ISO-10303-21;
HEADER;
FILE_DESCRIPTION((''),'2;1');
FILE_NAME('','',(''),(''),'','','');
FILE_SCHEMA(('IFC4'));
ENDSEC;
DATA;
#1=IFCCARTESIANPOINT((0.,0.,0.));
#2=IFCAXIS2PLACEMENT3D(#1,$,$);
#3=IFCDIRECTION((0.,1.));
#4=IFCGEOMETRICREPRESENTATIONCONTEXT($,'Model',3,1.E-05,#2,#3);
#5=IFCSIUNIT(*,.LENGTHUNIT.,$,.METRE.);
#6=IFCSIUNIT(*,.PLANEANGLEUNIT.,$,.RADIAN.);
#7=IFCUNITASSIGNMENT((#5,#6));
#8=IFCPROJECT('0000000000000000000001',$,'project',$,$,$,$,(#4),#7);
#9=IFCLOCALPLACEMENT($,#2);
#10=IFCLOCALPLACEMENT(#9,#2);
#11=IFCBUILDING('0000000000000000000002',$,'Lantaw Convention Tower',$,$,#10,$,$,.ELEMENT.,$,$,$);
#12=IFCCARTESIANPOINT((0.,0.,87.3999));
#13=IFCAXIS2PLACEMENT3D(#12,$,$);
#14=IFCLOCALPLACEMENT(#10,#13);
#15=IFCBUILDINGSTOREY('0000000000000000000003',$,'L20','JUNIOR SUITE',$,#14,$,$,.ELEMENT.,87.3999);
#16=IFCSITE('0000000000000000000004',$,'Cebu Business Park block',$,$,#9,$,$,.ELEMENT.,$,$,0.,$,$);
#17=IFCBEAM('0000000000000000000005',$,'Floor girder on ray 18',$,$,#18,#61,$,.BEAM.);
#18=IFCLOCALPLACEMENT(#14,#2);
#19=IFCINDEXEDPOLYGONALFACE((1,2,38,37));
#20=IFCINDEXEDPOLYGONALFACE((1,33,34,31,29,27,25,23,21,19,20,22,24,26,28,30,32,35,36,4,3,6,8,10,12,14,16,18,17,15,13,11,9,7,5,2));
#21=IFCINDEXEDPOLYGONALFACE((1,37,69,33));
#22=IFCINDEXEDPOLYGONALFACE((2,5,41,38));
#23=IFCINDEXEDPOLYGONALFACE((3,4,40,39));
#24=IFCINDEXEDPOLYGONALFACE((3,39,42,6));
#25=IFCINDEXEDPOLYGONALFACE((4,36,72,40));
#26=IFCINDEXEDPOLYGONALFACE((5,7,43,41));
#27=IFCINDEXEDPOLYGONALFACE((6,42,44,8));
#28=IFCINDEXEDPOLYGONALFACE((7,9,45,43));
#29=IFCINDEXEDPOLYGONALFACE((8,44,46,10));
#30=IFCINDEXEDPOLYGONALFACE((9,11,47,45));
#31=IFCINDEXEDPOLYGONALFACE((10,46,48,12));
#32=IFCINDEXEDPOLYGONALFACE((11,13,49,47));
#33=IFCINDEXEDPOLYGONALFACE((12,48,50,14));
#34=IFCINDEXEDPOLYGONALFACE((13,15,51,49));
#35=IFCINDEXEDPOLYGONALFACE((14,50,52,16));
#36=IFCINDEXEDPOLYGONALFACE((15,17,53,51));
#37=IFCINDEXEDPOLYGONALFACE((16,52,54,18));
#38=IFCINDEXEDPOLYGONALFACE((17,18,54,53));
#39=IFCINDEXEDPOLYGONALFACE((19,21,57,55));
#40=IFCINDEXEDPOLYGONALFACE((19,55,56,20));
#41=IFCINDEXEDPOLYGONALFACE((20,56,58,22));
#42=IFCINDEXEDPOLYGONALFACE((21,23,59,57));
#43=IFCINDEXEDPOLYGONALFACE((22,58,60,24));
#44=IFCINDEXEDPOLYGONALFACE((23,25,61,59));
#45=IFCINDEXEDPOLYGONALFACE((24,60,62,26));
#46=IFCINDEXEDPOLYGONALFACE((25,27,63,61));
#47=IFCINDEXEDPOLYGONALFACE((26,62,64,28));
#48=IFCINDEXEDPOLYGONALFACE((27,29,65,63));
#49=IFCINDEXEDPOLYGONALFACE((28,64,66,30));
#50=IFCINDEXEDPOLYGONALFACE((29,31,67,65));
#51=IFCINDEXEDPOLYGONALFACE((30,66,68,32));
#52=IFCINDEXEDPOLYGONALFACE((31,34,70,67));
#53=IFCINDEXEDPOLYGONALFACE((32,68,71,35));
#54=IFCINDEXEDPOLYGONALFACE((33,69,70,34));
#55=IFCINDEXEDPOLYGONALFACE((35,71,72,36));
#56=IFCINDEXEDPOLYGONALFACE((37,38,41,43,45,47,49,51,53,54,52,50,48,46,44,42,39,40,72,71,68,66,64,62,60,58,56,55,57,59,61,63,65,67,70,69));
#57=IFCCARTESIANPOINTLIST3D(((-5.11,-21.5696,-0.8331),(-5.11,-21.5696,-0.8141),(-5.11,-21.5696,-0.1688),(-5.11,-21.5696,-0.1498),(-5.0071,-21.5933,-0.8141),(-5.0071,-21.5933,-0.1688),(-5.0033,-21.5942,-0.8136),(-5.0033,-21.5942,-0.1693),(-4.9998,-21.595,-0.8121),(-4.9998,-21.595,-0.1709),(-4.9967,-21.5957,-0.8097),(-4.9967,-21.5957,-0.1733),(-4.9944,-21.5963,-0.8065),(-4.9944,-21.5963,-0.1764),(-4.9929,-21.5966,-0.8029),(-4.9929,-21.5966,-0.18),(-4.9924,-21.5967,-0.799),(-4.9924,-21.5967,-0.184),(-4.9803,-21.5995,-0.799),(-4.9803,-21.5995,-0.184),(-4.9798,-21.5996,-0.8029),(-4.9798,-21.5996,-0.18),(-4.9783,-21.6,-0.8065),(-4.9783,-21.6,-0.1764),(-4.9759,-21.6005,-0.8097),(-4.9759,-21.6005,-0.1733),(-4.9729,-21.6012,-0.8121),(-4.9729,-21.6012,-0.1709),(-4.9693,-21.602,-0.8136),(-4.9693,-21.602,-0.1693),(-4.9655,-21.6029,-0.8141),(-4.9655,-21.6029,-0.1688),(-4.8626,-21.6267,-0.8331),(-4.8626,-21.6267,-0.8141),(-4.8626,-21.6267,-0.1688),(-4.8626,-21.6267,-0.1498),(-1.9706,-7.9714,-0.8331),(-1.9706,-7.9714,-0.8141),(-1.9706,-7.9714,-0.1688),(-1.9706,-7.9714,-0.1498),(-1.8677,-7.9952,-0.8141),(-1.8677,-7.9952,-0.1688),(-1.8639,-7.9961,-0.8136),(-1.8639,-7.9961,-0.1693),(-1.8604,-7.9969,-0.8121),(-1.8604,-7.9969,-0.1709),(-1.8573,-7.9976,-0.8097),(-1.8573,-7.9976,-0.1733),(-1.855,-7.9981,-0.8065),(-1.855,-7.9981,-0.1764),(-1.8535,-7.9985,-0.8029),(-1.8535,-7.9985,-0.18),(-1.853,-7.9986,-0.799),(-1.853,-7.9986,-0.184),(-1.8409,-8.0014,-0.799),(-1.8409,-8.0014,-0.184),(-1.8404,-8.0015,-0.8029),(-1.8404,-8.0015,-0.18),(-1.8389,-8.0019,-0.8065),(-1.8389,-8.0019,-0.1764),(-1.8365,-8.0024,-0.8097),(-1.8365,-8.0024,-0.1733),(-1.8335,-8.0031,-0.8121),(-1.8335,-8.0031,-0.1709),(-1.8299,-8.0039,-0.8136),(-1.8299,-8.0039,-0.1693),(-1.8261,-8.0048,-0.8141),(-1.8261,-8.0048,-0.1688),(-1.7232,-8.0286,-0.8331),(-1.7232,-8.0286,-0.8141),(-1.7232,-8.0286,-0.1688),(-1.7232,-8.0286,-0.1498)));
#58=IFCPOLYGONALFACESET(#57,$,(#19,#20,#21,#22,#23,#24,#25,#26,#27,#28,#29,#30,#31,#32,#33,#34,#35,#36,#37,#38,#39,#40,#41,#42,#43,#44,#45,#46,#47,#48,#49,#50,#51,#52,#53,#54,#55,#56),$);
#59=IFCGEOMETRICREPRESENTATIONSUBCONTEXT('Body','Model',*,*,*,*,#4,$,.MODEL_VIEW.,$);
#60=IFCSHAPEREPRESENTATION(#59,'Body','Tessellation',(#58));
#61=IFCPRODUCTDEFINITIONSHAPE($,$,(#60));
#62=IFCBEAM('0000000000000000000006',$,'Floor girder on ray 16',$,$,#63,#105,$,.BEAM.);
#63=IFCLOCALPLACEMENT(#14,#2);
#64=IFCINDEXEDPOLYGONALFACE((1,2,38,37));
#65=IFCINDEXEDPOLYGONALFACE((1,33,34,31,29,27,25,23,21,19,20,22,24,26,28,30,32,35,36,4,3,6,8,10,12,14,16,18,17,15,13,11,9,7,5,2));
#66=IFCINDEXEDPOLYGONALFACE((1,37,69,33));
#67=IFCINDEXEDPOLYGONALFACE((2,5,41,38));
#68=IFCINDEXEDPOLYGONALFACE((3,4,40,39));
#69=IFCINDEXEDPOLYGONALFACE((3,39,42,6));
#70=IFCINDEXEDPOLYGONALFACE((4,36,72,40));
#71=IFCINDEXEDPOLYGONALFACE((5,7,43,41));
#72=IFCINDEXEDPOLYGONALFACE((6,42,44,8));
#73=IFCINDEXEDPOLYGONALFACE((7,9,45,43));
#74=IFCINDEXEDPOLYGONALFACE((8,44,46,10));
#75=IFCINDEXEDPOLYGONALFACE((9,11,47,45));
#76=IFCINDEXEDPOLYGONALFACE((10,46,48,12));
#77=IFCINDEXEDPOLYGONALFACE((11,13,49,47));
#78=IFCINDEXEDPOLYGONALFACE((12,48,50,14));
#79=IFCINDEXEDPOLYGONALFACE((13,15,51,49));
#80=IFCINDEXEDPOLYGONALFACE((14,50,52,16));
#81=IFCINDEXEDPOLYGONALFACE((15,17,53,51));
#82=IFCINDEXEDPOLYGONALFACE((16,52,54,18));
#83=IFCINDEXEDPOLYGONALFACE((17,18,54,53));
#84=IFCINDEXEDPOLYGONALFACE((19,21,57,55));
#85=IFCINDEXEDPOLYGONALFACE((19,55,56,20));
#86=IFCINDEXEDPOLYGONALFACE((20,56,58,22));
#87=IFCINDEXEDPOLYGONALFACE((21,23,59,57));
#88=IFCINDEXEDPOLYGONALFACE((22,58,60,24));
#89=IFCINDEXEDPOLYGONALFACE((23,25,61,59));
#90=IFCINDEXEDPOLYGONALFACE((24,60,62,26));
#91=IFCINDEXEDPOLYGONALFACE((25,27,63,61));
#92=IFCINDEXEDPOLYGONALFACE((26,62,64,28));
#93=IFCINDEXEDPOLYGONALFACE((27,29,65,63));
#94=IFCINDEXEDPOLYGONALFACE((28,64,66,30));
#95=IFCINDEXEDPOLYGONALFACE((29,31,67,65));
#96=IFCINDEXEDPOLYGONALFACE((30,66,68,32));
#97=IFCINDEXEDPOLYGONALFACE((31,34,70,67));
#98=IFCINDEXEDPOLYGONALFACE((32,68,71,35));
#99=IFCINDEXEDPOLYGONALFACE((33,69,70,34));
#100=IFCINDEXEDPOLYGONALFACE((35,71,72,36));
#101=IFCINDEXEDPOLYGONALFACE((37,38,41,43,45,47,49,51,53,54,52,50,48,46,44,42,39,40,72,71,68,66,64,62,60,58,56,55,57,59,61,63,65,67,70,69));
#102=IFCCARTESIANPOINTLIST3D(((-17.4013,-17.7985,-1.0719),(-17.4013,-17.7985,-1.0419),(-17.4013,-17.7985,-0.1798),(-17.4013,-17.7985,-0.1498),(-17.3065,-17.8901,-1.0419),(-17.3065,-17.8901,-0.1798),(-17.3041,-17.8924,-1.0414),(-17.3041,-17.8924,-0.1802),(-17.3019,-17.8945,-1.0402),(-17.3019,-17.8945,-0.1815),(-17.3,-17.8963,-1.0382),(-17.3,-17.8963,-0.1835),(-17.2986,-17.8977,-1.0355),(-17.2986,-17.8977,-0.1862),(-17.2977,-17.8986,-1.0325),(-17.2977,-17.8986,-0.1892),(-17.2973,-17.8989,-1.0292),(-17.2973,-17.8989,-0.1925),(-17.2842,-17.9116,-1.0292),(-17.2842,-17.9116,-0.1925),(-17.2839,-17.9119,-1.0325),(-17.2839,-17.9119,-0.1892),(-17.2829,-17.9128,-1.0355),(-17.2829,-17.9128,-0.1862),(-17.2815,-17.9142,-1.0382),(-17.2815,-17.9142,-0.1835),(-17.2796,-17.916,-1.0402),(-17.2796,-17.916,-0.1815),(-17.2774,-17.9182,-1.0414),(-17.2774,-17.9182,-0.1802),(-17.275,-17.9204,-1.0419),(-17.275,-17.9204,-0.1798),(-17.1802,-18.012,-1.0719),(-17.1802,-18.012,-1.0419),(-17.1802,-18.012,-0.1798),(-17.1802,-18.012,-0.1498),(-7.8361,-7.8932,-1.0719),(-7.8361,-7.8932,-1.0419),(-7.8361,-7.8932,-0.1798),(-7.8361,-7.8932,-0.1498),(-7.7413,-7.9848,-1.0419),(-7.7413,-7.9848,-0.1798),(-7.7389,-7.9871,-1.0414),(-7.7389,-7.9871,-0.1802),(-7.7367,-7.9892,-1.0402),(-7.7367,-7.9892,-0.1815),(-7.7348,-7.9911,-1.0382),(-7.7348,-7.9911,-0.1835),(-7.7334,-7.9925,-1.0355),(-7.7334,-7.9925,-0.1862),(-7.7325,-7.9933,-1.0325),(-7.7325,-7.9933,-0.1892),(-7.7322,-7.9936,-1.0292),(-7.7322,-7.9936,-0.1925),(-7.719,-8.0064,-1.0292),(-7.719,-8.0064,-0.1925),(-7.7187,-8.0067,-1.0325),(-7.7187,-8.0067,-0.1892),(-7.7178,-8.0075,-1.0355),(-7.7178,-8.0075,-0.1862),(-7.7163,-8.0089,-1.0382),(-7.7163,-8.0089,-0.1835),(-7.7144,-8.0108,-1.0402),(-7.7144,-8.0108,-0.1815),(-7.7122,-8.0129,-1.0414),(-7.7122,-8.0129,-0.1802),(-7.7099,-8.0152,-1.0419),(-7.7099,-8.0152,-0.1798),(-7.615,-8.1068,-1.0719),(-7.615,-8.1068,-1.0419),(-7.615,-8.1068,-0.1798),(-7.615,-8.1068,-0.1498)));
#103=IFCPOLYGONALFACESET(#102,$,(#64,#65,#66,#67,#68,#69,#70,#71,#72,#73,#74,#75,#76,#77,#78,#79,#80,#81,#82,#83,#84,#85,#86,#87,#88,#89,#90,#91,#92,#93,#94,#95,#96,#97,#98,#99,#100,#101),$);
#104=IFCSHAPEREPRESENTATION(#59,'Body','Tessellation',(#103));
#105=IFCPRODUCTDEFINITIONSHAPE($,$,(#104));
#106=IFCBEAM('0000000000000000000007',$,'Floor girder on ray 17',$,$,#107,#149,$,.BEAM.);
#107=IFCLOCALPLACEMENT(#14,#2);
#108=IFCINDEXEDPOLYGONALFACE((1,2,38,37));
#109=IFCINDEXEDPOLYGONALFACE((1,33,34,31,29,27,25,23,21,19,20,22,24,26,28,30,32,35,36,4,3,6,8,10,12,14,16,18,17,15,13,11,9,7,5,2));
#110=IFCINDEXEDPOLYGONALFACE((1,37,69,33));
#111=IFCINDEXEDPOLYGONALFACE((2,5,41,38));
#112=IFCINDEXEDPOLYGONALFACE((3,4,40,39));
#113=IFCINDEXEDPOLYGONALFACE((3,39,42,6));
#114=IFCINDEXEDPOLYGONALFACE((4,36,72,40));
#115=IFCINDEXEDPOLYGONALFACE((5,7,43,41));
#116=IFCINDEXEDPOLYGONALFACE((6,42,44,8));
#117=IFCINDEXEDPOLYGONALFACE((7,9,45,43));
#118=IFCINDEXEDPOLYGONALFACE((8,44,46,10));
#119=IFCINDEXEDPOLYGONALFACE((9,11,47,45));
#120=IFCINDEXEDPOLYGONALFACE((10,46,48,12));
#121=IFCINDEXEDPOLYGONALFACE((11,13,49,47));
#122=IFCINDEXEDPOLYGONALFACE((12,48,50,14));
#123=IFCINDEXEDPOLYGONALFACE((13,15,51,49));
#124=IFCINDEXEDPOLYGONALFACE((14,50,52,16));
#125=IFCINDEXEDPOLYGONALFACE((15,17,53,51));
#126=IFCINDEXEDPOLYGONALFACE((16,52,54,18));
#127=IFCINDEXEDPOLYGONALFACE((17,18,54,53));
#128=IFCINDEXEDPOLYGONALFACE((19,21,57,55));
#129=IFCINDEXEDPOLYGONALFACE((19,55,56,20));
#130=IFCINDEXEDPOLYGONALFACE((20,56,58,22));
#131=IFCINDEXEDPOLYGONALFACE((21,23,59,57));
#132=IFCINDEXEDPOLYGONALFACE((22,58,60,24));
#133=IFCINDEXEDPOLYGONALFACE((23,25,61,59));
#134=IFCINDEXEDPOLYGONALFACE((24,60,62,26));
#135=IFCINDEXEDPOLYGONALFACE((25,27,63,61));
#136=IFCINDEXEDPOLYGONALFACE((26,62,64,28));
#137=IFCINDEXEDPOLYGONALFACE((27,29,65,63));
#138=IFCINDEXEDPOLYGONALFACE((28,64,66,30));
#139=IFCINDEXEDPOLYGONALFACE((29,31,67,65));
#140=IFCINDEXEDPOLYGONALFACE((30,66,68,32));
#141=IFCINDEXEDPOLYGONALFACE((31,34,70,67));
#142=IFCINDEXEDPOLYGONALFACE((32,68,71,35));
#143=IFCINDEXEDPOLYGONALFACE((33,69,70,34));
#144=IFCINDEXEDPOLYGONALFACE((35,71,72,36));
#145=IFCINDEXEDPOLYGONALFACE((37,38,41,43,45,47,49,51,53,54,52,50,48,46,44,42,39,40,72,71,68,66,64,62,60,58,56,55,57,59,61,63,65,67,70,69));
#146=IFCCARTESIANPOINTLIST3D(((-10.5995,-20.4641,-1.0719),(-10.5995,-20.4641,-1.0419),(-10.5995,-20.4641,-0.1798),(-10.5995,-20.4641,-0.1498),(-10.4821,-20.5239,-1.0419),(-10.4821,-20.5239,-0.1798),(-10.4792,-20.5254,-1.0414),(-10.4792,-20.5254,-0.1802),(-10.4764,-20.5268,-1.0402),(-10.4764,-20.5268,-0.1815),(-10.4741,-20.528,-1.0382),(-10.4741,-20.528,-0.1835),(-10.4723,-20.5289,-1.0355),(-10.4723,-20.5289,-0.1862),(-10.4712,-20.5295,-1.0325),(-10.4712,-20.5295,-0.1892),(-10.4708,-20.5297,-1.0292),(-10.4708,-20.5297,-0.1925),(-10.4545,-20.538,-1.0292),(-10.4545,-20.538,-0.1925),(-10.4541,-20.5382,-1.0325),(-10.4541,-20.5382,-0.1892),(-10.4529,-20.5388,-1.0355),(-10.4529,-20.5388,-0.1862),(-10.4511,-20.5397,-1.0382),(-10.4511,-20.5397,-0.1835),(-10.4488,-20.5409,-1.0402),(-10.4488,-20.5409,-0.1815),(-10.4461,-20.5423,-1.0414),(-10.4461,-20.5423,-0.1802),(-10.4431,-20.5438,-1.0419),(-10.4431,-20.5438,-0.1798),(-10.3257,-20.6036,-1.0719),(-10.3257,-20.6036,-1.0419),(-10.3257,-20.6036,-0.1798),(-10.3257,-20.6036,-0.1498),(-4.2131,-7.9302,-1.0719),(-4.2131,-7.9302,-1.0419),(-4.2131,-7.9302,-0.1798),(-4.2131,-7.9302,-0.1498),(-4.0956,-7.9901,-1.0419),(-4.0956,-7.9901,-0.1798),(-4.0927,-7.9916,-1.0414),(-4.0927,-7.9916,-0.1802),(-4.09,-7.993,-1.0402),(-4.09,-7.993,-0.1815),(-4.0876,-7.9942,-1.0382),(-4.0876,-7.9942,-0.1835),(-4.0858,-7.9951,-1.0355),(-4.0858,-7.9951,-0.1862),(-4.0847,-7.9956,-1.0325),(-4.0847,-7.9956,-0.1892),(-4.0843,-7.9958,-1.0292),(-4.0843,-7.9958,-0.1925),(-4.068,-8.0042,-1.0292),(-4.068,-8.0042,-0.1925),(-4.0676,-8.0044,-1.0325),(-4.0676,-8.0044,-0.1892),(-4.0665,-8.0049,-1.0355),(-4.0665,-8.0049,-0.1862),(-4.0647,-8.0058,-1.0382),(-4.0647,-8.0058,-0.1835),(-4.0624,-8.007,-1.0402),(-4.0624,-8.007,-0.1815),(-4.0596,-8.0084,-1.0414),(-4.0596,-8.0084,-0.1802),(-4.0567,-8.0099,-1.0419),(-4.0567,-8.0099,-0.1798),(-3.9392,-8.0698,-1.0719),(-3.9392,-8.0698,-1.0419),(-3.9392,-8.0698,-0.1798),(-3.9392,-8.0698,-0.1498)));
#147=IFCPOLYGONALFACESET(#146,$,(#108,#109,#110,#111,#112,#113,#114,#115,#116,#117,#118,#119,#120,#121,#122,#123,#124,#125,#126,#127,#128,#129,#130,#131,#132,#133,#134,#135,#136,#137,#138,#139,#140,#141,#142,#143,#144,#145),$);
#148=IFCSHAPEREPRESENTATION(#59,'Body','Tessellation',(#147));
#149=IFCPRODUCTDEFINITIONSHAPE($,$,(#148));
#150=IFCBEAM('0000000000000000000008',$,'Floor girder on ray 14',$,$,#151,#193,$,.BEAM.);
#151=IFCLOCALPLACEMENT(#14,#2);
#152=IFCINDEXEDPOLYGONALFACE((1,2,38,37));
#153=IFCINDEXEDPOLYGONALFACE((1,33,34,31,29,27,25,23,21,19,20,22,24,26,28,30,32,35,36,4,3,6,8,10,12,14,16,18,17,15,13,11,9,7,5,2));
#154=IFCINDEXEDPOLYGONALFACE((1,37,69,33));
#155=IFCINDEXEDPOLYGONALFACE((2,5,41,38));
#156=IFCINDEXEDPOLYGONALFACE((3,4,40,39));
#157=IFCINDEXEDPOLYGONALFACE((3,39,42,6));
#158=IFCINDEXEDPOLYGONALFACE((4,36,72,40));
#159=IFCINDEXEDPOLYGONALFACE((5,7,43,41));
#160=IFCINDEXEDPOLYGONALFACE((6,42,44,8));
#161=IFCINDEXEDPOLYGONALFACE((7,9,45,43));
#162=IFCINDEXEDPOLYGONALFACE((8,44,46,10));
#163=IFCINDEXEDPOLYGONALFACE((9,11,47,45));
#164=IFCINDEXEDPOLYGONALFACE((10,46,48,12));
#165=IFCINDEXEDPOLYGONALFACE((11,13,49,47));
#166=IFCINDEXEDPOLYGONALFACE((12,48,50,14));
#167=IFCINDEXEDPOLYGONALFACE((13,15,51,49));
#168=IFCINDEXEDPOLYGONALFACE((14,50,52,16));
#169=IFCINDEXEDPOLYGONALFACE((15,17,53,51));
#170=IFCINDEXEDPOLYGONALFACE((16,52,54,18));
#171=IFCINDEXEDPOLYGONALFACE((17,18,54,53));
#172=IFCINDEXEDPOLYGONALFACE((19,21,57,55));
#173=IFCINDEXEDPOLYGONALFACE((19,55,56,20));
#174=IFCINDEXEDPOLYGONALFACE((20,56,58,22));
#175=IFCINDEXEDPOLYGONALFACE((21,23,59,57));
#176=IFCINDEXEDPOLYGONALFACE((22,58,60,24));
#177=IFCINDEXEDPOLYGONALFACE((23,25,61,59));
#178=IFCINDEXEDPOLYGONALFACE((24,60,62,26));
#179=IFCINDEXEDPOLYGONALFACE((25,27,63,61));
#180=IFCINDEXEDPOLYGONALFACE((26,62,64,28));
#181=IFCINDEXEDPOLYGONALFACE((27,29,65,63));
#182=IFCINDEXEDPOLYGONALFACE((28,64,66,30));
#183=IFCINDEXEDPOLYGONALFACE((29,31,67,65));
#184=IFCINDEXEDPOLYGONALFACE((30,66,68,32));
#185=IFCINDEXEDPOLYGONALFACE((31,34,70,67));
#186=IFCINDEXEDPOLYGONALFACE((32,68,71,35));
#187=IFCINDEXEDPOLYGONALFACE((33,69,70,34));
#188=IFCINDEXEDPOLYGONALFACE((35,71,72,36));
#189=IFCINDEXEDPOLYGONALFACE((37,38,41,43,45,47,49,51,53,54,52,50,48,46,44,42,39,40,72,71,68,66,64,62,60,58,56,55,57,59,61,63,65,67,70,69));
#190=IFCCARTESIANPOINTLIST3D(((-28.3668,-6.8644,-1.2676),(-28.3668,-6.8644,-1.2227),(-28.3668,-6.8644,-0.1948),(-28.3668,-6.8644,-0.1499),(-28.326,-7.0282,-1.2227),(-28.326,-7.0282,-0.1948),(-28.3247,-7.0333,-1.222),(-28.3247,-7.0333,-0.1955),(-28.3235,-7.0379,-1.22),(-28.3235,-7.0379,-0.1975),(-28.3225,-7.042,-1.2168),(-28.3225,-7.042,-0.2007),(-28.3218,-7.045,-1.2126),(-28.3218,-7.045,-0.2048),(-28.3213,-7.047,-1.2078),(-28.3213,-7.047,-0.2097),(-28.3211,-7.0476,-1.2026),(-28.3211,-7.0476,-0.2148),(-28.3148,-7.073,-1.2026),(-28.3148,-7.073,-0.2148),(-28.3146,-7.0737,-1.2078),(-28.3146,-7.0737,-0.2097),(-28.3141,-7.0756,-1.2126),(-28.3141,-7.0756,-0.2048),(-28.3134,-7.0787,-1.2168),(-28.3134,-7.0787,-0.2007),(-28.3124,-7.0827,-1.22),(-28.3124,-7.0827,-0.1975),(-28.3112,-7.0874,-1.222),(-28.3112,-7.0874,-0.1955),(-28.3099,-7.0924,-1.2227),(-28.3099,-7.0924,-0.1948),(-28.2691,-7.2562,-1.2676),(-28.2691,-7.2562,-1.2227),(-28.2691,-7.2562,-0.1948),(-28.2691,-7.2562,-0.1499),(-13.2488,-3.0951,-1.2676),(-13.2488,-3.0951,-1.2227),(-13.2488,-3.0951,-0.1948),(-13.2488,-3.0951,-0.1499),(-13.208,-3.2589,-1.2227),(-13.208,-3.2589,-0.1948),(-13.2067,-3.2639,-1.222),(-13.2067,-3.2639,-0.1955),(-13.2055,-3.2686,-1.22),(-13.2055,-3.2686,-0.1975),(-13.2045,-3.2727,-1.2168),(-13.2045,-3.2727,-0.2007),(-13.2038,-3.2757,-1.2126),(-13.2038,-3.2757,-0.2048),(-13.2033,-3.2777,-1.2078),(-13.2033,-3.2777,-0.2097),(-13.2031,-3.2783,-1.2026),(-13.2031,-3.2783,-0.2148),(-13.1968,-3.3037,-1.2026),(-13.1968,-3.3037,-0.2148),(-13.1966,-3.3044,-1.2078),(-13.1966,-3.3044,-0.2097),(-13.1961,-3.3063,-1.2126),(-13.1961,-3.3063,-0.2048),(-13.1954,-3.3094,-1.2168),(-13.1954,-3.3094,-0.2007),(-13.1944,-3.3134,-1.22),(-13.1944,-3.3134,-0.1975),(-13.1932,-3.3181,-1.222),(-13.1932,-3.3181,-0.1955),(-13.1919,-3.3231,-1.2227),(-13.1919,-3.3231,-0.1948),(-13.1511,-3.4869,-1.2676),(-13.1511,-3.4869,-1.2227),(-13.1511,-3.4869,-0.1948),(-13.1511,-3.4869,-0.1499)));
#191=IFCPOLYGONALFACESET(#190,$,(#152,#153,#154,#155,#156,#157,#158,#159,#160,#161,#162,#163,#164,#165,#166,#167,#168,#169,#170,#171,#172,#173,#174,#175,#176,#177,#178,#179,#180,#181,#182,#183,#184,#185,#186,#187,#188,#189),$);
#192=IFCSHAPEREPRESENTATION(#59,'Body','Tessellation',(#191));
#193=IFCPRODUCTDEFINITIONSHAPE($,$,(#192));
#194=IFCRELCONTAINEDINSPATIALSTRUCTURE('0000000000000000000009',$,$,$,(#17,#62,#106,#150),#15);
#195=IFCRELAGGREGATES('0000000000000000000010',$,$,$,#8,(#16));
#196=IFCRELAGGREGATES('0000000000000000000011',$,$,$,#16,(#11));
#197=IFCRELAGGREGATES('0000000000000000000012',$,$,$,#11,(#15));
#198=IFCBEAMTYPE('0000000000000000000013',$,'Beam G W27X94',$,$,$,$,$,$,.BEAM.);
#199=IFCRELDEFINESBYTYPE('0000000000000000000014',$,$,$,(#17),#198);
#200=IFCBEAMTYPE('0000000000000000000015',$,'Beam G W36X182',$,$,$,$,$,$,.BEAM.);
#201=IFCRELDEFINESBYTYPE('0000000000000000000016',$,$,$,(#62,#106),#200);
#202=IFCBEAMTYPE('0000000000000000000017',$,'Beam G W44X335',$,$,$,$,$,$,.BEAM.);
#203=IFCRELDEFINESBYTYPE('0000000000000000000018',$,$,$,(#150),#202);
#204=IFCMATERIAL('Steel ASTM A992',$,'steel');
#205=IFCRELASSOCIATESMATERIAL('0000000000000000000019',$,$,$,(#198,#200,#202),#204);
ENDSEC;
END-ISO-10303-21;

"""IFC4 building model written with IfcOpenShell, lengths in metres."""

from ifc_helpers import new_model, si_unit, direction, frame, origin, origin_2d, place, context, subcontext, project, spatial, i_section, extrude, material, material_profile, profile_set, type_object, element, save


model = new_model("IFC4")

# Units and contexts
model_context = context("Model", 3, precision=1e-05, world=origin(), true_north=direction((0.0, 1.0)))
body_context = subcontext(model_context, "Body", "Model", "MODEL_VIEW")
ifc_project = project(units=[si_unit("LENGTHUNIT", "METRE"), si_unit("PLANEANGLEUNIT", "RADIAN")], contexts=[model_context])

# Site, building, storey
site_placement = place(None, origin())
site = spatial("IfcSite", under=ifc_project, at=site_placement, Name="Cebu Business Park block", CompositionType="ELEMENT", RefElevation=0.0)
building_placement = place(site_placement, origin())
building = spatial("IfcBuilding", under=site, at=building_placement, Name="Lantaw Convention Tower", CompositionType="ELEMENT")
storey_placement = place(building_placement, frame((0.0, 0.0, 87.3999)))
storey = spatial("IfcBuildingStorey", under=building, at=storey_placement, Name="L20", Description="JUNIOR SUITE", CompositionType="ELEMENT", Elevation=87.3999)

# Beams
ifc_material_1 = material(Name="Steel ASTM A992", Category="steel")
ifc_material_profile_1 = material_profile(ifc_material_1, i_section(OverallWidth=0.2539, OverallDepth=0.6833, WebThickness=0.0125, FlangeThickness=0.019, FilletRadius=0.0151, at=origin_2d()), Name="W27X94")
ifc_profile_set_1 = profile_set([ifc_material_profile_1], Name="Steel ASTM A992")
beam_type_1 = type_object("IfcBeamType", Name="Beam G W27X94", PredefinedType="BEAM", material=ifc_profile_set_1)
beam_1_placement = place(storey_placement, frame((-1.8469, -8.0, -0.4915), z_axis=(-0.224953, -0.97437, 0.0), x_axis=(0.97437, -0.224953, 0.0)))
element("IfcBeam", 1, at=beam_1_placement, inside=storey, type_object=beam_type_1, Name="Floor girder on ray 18", PredefinedType="BEAM", context=body_context, shape_type="SweptSolid", body=[
    extrude(i_section(OverallWidth=0.2539, OverallDepth=0.6833, WebThickness=0.0125, FlangeThickness=0.019, FilletRadius=0.0151, at=origin_2d()), origin(), (0.0, 0.0, 1.0), 13.9558),
])
ifc_material_profile_2 = material_profile(ifc_material_1, i_section(OverallWidth=0.3074, OverallDepth=0.9221, WebThickness=0.0183, FlangeThickness=0.03, FilletRadius=0.0127, at=origin_2d()), Name="W36X182")
ifc_profile_set_2 = profile_set([ifc_material_profile_2], Name="Steel ASTM A992")
beam_type_2 = type_object("IfcBeamType", Name="Beam G W36X182", PredefinedType="BEAM", material=ifc_profile_set_2)
beam_2_placement = place(storey_placement, frame((-7.7256, -8.0, -0.6108), z_axis=(-0.69465, -0.719348, 0.0), x_axis=(0.719348, -0.69465, 0.0)))
element("IfcBeam", 2, at=beam_2_placement, inside=storey, type_object=beam_type_2, Name="Floor girder on ray 16", PredefinedType="BEAM", context=body_context, shape_type="SweptSolid", body=[
    extrude(i_section(OverallWidth=0.3074, OverallDepth=0.9221, WebThickness=0.0183, FlangeThickness=0.03, FilletRadius=0.0127, at=origin_2d()), origin(), (0.0, 0.0, 1.0), 13.7698),
])
beam_3_placement = place(storey_placement, frame((-4.0762, -8.0, -0.6108), z_axis=(-0.453997, -0.891003, 0.0), x_axis=(0.891003, -0.453997, 0.0)))
element("IfcBeam", 3, at=beam_3_placement, inside=storey, type_object=beam_type_2, Name="Floor girder on ray 17", PredefinedType="BEAM", context=body_context, shape_type="SweptSolid", body=[
    extrude(i_section(OverallWidth=0.3074, OverallDepth=0.9221, WebThickness=0.0183, FlangeThickness=0.03, FilletRadius=0.0127, at=origin_2d()), origin(), (0.0, 0.0, 1.0), 14.0671),
])
ifc_material_profile_3 = material_profile(ifc_material_1, i_section(OverallWidth=0.4038, OverallDepth=1.1177, WebThickness=0.0261, FlangeThickness=0.0449, FilletRadius=0.02, at=origin_2d()), Name="W44X335")
ifc_profile_set_3 = profile_set([ifc_material_profile_3], Name="Steel ASTM A992")
beam_type_3 = type_object("IfcBeamType", Name="Beam G W44X335", PredefinedType="BEAM", material=ifc_profile_set_3)
beam_4_placement = place(storey_placement, frame((-13.2, -3.291, -0.7087), z_axis=(-0.970296, -0.24192, 0.0), x_axis=(0.24192, -0.970296, 0.0)))
element("IfcBeam", 4, at=beam_4_placement, inside=storey, type_object=beam_type_3, Name="Floor girder on ray 14", PredefinedType="BEAM", context=body_context, shape_type="SweptSolid", body=[
    extrude(i_section(OverallWidth=0.4038, OverallDepth=1.1177, WebThickness=0.0261, FlangeThickness=0.0449, FilletRadius=0.02, at=origin_2d()), origin(), (0.0, 0.0, 1.0), 15.5808),
])

save(model, "model.ifc")
